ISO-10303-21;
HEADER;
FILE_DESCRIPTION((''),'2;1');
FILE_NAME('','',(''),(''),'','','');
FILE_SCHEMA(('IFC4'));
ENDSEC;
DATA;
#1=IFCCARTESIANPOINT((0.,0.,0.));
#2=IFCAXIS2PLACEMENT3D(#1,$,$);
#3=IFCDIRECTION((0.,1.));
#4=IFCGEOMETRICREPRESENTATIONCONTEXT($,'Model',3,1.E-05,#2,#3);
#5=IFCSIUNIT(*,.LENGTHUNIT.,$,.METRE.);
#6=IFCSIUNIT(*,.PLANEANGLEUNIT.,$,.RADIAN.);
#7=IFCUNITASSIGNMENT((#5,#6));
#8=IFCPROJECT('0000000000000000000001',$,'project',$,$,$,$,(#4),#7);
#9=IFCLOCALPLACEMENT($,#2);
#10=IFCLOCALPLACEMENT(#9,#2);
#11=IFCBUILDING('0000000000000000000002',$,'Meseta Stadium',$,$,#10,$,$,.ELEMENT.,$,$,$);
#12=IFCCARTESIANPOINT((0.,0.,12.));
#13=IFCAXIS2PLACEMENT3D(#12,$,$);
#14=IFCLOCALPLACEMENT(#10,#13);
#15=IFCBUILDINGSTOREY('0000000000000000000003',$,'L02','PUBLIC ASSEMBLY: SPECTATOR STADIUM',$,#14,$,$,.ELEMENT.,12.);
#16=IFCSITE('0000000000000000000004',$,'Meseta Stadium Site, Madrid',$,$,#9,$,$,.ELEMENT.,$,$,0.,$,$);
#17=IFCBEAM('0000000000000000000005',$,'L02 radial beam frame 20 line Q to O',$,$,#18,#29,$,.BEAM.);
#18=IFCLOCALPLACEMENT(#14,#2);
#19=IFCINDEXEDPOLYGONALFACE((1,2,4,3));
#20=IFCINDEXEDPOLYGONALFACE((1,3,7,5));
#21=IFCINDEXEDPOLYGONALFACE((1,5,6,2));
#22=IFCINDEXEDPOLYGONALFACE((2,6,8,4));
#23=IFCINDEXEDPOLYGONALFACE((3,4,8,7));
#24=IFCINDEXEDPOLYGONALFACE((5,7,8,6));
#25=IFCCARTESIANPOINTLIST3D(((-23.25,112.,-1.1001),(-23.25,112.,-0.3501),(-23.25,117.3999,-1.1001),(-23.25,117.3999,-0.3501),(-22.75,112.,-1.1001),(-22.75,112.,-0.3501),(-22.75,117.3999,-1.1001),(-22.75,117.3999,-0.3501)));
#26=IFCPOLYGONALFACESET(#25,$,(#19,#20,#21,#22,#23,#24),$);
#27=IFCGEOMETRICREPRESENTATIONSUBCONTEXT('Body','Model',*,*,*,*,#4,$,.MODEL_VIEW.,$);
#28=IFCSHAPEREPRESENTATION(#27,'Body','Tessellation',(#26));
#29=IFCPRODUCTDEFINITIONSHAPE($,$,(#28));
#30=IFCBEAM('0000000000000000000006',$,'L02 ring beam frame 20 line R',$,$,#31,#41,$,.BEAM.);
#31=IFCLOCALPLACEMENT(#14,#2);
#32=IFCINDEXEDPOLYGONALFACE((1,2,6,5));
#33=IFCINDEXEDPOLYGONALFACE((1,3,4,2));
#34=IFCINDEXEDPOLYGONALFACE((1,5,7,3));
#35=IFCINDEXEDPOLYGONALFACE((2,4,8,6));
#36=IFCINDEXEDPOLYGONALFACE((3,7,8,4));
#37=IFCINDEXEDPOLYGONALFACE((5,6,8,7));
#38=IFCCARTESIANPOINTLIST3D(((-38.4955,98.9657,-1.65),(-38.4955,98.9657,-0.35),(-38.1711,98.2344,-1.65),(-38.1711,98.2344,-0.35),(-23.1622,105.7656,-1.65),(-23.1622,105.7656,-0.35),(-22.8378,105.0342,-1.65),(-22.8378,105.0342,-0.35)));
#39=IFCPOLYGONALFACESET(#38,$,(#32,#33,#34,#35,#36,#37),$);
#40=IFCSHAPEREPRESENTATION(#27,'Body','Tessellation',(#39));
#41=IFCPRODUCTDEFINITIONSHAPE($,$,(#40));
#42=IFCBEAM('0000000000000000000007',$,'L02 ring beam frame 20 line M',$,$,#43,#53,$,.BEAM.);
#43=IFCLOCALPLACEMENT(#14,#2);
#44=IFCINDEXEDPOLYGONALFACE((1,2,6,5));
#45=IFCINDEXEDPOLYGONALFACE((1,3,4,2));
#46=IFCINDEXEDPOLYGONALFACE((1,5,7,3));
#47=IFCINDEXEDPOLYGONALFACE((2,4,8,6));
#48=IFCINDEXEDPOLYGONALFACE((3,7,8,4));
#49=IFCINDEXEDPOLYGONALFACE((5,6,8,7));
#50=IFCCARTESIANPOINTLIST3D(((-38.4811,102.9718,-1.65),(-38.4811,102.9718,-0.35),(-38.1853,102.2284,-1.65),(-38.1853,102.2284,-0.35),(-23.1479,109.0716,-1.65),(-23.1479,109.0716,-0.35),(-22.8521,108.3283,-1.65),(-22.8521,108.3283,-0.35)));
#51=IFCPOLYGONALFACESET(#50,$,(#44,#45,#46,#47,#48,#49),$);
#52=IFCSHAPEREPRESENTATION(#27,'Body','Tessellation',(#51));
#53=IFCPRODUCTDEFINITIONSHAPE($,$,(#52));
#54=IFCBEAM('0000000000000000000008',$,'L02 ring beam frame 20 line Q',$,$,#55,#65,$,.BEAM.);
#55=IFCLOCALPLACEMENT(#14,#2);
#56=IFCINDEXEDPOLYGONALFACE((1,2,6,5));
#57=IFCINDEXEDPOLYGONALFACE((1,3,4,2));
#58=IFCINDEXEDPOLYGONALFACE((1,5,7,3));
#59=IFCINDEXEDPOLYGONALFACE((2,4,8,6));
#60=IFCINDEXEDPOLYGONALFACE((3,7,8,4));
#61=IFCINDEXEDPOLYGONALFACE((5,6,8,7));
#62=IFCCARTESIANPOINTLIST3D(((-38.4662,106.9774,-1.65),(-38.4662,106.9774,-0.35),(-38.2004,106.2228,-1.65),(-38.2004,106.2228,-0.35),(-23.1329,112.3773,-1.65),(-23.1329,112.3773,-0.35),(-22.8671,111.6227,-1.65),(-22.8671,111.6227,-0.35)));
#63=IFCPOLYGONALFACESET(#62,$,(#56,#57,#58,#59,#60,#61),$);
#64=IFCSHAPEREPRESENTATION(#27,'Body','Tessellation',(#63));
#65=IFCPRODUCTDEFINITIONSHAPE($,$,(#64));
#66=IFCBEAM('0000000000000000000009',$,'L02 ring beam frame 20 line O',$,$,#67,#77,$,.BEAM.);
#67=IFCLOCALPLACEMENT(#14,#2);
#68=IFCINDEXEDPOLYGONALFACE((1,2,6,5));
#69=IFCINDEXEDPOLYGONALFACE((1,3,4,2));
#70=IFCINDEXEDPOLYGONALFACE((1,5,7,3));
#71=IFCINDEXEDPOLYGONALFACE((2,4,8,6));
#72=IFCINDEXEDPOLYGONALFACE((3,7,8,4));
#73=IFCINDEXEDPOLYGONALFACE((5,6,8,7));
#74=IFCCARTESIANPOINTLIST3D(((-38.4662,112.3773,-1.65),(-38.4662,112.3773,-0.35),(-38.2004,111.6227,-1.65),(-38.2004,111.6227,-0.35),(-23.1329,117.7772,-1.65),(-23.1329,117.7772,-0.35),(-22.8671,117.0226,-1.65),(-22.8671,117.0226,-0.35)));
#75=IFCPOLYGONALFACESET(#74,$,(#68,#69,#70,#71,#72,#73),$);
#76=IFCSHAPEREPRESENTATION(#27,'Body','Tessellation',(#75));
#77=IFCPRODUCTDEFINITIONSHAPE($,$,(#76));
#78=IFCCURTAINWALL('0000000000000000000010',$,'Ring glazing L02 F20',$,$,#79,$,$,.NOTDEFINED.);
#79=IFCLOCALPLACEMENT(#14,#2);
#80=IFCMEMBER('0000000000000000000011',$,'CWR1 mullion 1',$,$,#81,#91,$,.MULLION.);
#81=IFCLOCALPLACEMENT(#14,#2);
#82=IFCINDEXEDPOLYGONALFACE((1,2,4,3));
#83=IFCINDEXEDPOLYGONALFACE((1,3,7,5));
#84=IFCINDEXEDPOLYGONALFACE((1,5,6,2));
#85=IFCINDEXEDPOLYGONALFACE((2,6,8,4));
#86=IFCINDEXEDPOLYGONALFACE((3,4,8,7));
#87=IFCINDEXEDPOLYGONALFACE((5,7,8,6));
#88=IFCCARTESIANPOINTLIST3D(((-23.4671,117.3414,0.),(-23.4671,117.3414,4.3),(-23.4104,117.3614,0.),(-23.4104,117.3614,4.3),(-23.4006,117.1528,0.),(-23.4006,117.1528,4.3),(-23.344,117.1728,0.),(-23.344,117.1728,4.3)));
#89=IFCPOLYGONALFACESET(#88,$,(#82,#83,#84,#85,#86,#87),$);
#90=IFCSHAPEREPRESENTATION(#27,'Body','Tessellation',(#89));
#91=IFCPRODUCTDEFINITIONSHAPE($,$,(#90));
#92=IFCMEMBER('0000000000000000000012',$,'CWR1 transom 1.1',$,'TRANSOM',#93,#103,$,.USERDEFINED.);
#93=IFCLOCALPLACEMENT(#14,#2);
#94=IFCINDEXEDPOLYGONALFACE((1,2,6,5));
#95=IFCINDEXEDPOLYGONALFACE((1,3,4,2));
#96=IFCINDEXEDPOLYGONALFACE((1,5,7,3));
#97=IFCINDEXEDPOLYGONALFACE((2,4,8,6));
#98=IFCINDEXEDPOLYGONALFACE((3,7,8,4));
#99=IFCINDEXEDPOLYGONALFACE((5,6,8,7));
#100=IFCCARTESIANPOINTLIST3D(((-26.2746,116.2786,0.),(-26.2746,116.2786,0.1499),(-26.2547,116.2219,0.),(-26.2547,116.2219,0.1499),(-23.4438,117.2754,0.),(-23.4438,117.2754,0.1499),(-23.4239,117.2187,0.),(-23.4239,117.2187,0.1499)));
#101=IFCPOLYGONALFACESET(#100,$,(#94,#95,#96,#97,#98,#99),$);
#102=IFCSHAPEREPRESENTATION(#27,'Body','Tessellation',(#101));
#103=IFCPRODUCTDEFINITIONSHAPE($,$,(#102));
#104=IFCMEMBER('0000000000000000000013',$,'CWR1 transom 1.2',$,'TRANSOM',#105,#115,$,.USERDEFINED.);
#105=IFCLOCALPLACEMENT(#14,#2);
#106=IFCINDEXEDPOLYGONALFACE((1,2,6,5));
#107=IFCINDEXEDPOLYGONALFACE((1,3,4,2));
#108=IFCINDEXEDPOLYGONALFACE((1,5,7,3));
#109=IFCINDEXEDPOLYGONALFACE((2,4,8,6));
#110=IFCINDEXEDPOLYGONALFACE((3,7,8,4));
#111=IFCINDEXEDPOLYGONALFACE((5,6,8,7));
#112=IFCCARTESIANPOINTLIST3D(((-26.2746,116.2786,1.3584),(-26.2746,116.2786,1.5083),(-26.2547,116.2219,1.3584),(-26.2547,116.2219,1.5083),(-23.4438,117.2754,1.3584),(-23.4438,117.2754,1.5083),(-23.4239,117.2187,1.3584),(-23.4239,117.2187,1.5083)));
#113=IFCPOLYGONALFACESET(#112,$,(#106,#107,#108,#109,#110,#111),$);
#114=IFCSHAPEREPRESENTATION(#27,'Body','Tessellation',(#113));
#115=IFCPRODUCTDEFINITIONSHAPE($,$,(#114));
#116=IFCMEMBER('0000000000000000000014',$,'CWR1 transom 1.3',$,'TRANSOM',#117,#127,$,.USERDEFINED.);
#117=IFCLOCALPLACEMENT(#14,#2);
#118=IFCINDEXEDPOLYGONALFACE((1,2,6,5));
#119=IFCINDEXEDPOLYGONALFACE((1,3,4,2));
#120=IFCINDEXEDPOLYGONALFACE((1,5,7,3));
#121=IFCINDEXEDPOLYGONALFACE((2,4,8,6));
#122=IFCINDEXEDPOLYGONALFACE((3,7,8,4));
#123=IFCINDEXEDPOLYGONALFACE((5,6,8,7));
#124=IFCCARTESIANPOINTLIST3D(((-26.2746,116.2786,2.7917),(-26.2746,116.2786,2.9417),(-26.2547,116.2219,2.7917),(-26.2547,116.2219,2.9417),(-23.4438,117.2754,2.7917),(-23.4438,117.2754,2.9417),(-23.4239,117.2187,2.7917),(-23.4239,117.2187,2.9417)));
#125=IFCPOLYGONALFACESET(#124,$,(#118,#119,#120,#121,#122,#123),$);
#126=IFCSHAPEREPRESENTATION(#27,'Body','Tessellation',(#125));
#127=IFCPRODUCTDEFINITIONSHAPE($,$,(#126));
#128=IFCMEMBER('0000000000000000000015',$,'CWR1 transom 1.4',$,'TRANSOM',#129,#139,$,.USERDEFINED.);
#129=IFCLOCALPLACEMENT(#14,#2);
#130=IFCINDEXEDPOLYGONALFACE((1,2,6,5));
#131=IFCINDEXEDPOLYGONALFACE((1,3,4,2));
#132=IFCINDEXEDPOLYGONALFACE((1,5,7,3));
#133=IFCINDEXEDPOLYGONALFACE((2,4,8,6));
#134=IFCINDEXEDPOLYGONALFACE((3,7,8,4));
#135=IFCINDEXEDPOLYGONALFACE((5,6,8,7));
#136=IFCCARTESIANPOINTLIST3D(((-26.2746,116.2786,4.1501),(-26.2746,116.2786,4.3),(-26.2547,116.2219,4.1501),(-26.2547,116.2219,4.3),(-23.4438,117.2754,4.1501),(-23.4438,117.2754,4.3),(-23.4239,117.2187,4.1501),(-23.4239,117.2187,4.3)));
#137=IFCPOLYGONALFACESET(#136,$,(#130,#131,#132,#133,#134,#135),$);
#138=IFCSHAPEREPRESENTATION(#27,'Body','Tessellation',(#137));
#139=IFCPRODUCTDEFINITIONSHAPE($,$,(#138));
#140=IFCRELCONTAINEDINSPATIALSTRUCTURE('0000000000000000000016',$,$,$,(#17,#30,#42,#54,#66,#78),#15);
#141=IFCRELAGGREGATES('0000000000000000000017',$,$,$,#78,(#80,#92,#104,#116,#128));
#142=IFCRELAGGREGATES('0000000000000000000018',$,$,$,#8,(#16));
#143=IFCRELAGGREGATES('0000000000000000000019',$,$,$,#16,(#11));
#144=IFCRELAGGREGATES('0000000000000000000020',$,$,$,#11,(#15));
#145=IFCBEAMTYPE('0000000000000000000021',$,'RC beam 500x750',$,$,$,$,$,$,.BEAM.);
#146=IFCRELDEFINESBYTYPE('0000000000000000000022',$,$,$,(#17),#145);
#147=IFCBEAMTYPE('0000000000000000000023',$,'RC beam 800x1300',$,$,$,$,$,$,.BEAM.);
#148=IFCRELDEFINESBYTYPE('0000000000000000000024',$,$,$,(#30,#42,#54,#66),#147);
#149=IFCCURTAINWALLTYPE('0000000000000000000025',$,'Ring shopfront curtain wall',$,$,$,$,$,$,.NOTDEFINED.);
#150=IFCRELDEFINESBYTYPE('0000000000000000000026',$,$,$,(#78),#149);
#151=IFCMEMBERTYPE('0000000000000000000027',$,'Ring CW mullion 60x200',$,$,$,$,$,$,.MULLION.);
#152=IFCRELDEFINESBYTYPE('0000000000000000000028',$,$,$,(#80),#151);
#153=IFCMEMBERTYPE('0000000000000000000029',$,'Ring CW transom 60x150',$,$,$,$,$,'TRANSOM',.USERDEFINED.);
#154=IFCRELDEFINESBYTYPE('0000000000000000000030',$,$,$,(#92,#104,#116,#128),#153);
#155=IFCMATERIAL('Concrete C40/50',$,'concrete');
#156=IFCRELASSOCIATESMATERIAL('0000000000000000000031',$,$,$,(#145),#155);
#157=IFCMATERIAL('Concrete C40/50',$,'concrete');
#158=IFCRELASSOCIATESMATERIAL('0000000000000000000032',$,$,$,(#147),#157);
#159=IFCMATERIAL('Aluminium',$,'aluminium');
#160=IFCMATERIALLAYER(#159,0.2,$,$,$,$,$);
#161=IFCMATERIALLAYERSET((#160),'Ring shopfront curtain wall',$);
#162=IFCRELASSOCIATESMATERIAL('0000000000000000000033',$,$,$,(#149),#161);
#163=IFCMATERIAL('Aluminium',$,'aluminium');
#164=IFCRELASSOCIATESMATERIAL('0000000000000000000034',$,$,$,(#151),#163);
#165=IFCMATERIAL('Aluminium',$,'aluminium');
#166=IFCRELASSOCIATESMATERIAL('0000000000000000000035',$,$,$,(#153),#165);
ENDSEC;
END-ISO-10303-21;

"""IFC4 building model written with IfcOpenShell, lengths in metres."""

from ifc_helpers import new_model, si_unit, direction, frame, origin, origin_2d, place, context, subcontext, project, spatial, rectangle, extrude, material, layer, layer_set, material_profile, profile_set, type_object, element, aggregate, save


model = new_model("IFC4")

# Units and contexts
model_context = context("Model", 3, precision=1e-05, world=origin(), true_north=direction((0.0, 1.0)))
body_context = subcontext(model_context, "Body", "Model", "MODEL_VIEW")
ifc_project = project(units=[si_unit("LENGTHUNIT", "METRE"), si_unit("PLANEANGLEUNIT", "RADIAN")], contexts=[model_context])

# Site, building, storey
site_placement = place(None, origin())
site = spatial("IfcSite", under=ifc_project, at=site_placement, Name="Meseta Stadium Site, Madrid", CompositionType="ELEMENT", RefElevation=0.0)
building_placement = place(site_placement, origin())
building = spatial("IfcBuilding", under=site, at=building_placement, Name="Meseta Stadium", CompositionType="ELEMENT")
storey_placement = place(building_placement, frame((0.0, 0.0, 12.0)))
storey = spatial("IfcBuildingStorey", under=building, at=storey_placement, Name="L02", Description="PUBLIC ASSEMBLY: SPECTATOR STADIUM", CompositionType="ELEMENT", Elevation=12.0)

# Beams
ifc_material_1 = material(Name="Concrete C40/50", Category="concrete")
ifc_material_profile_1 = material_profile(ifc_material_1, rectangle(XDim=0.5, YDim=0.75, at=origin_2d()), Name="RC 500x750")
ifc_profile_set_1 = profile_set([ifc_material_profile_1], Name="Concrete C40/50")
beam_type_1 = type_object("IfcBeamType", Name="RC beam 500x750", PredefinedType="BEAM", material=ifc_profile_set_1)
beam_1_placement = place(storey_placement, frame((-23.0, 112.0, -0.7251), z_axis=(0.0, 1.0, 0.0), x_axis=(-1.0, 0.0, 0.0)))
element("IfcBeam", 1, at=beam_1_placement, inside=storey, type_object=beam_type_1, Name="L02 radial beam frame 20 line Q to O", PredefinedType="BEAM", context=body_context, shape_type="SweptSolid", body=[
    extrude(rectangle(XDim=0.5, YDim=0.75, at=origin_2d()), origin(), (0.0, 0.0, 1.0), 5.3999),
])
ifc_material_2 = material(Name="Concrete C40/50", Category="concrete")
ifc_material_profile_2 = material_profile(ifc_material_2, rectangle(XDim=0.8, YDim=1.3, at=origin_2d()), Name="RC 800x1300")
ifc_profile_set_2 = profile_set([ifc_material_profile_2], Name="Concrete C40/50")
beam_type_2 = type_object("IfcBeamType", Name="RC beam 800x1300", PredefinedType="BEAM", material=ifc_profile_set_2)
beam_2_placement = place(storey_placement, frame((-23.0, 105.3999, -1.0), z_axis=(-0.914143, -0.405393, 0.0), x_axis=(0.405393, -0.914143, 0.0)))
element("IfcBeam", 2, at=beam_2_placement, inside=storey, type_object=beam_type_2, Name="L02 ring beam frame 20 line R", PredefinedType="BEAM", context=body_context, shape_type="SweptSolid", body=[
    extrude(rectangle(XDim=0.8, YDim=1.3, at=origin_2d()), origin(), (0.0, 0.0, 1.0), 16.7734),
])
beam_3_placement = place(storey_placement, frame((-23.0, 108.7, -1.0), z_axis=(-0.929174, -0.369643, 0.0), x_axis=(0.369643, -0.929174, 0.0)))
element("IfcBeam", 3, at=beam_3_placement, inside=storey, type_object=beam_type_2, Name="L02 ring beam frame 20 line M", PredefinedType="BEAM", context=body_context, shape_type="SweptSolid", body=[
    extrude(rectangle(XDim=0.8, YDim=1.3, at=origin_2d()), origin(), (0.0, 0.0, 1.0), 16.502),
])
for number, where, z_axis, x_axis, name in (
    (4, (-23.0, 112.0, -1.0), (-0.943219, -0.332173, 0.0), (0.332173, -0.943219, 0.0), "L02 ring beam frame 20 line Q"),
    (5, (-23.0, 117.3999, -1.0), (-0.943219, -0.332173, 0.0), (0.332173, -0.943219, 0.0), "L02 ring beam frame 20 line O"),
):
    element("IfcBeam", number, at=place(storey_placement, frame(where, z_axis=z_axis, x_axis=x_axis)), inside=storey, type_object=beam_type_2, Name=name, PredefinedType="BEAM", context=body_context, shape_type="SweptSolid", body=[
        extrude(rectangle(XDim=0.8, YDim=1.3, at=origin_2d()), origin(), (0.0, 0.0, 1.0), 16.2563),
    ])

# Curtain wall, members
ifc_material_3 = material(Name="Aluminium", Category="aluminium")
ifc_layer_1 = layer(ifc_material_3, 0.2)
ifc_layer_set_1 = layer_set([ifc_layer_1], Name="Ring shopfront curtain wall")
curtain_wall_type = type_object("IfcCurtainWallType", Name="Ring shopfront curtain wall", PredefinedType="NOTDEFINED", material=ifc_layer_set_1)
curtain_wall_placement = place(storey_placement, origin())
curtain_wall = element("IfcCurtainWall", 6, at=curtain_wall_placement, inside=storey, type_object=curtain_wall_type, Name="Ring glazing L02 F20", PredefinedType="NOTDEFINED")
ifc_material_4 = material(Name="Aluminium", Category="aluminium")
ifc_material_profile_3 = material_profile(ifc_material_4, rectangle(XDim=0.2, YDim=0.0601, at=origin_2d()), Name="CW 200x60")
ifc_profile_set_3 = profile_set([ifc_material_profile_3], Name="Aluminium")
member_type_1 = type_object("IfcMemberType", Name="Ring CW mullion 60x200", PredefinedType="MULLION", material=ifc_profile_set_3)
member_1_placement = place(storey_placement, frame((-23.4055, 117.2571, 0.0), z_axis=(0.0, 0.0, 1.0), x_axis=(0.332174, -0.943218, 0.0)))
member_1 = element("IfcMember", 7, at=member_1_placement, type_object=member_type_1, Name="CWR1 mullion 1", PredefinedType="MULLION", context=body_context, shape_type="SweptSolid", body=[
    extrude(rectangle(XDim=0.2, YDim=0.0601, at=origin_2d()), origin(), (0.0, 0.0, 1.0), 4.3),
])
ifc_material_5 = material(Name="Aluminium", Category="aluminium")
ifc_material_profile_4 = material_profile(ifc_material_5, rectangle(XDim=0.0601, YDim=0.1499, at=origin_2d()), Name="CW 60x150")
ifc_profile_set_4 = profile_set([ifc_material_profile_4], Name="Aluminium")
member_type_2 = type_object("IfcMemberType", Name="Ring CW transom 60x150", ElementType="TRANSOM", PredefinedType="USERDEFINED", material=ifc_profile_set_4)
member_2_placement = place(storey_placement, frame((-23.4338, 117.2471, 0.075), z_axis=(-0.943229, -0.332143, 0.0), x_axis=(0.332143, -0.943229, 0.0)))
member_2 = element("IfcMember", 8, at=member_2_placement, type_object=member_type_2, Name="CWR1 transom 1.1", ObjectType="TRANSOM", PredefinedType="USERDEFINED", context=body_context, shape_type="SweptSolid", body=[
    extrude(rectangle(XDim=0.0601, YDim=0.1499, at=origin_2d()), origin(), (0.0, 0.0, 1.0), 3.0012),
])
member_3_placement = place(storey_placement, frame((-23.4338, 117.2471, 1.4333), z_axis=(-0.943229, -0.332143, 0.0), x_axis=(0.332143, -0.943229, 0.0)))
member_3 = element("IfcMember", 9, at=member_3_placement, type_object=member_type_2, Name="CWR1 transom 1.2", ObjectType="TRANSOM", PredefinedType="USERDEFINED", context=body_context, shape_type="SweptSolid", body=[
    extrude(rectangle(XDim=0.0601, YDim=0.1499, at=origin_2d()), origin(), (0.0, 0.0, 1.0), 3.0012),
])
member_4_placement = place(storey_placement, frame((-23.4338, 117.2471, 2.8667), z_axis=(-0.943229, -0.332143, 0.0), x_axis=(0.332143, -0.943229, 0.0)))
member_4 = element("IfcMember", 10, at=member_4_placement, type_object=member_type_2, Name="CWR1 transom 1.3", ObjectType="TRANSOM", PredefinedType="USERDEFINED", context=body_context, shape_type="SweptSolid", body=[
    extrude(rectangle(XDim=0.0601, YDim=0.1499, at=origin_2d()), origin(), (0.0, 0.0, 1.0), 3.0012),
])
member_5_placement = place(storey_placement, frame((-23.4338, 117.2471, 4.2251), z_axis=(-0.943229, -0.332143, 0.0), x_axis=(0.332143, -0.943229, 0.0)))
member_5 = element("IfcMember", 11, at=member_5_placement, type_object=member_type_2, Name="CWR1 transom 1.4", ObjectType="TRANSOM", PredefinedType="USERDEFINED", context=body_context, shape_type="SweptSolid", body=[
    extrude(rectangle(XDim=0.0601, YDim=0.1499, at=origin_2d()), origin(), (0.0, 0.0, 1.0), 3.0012),
])
aggregate(curtain_wall, [member_1, member_2, member_3, member_4, member_5])

save(model, "model.ifc")
